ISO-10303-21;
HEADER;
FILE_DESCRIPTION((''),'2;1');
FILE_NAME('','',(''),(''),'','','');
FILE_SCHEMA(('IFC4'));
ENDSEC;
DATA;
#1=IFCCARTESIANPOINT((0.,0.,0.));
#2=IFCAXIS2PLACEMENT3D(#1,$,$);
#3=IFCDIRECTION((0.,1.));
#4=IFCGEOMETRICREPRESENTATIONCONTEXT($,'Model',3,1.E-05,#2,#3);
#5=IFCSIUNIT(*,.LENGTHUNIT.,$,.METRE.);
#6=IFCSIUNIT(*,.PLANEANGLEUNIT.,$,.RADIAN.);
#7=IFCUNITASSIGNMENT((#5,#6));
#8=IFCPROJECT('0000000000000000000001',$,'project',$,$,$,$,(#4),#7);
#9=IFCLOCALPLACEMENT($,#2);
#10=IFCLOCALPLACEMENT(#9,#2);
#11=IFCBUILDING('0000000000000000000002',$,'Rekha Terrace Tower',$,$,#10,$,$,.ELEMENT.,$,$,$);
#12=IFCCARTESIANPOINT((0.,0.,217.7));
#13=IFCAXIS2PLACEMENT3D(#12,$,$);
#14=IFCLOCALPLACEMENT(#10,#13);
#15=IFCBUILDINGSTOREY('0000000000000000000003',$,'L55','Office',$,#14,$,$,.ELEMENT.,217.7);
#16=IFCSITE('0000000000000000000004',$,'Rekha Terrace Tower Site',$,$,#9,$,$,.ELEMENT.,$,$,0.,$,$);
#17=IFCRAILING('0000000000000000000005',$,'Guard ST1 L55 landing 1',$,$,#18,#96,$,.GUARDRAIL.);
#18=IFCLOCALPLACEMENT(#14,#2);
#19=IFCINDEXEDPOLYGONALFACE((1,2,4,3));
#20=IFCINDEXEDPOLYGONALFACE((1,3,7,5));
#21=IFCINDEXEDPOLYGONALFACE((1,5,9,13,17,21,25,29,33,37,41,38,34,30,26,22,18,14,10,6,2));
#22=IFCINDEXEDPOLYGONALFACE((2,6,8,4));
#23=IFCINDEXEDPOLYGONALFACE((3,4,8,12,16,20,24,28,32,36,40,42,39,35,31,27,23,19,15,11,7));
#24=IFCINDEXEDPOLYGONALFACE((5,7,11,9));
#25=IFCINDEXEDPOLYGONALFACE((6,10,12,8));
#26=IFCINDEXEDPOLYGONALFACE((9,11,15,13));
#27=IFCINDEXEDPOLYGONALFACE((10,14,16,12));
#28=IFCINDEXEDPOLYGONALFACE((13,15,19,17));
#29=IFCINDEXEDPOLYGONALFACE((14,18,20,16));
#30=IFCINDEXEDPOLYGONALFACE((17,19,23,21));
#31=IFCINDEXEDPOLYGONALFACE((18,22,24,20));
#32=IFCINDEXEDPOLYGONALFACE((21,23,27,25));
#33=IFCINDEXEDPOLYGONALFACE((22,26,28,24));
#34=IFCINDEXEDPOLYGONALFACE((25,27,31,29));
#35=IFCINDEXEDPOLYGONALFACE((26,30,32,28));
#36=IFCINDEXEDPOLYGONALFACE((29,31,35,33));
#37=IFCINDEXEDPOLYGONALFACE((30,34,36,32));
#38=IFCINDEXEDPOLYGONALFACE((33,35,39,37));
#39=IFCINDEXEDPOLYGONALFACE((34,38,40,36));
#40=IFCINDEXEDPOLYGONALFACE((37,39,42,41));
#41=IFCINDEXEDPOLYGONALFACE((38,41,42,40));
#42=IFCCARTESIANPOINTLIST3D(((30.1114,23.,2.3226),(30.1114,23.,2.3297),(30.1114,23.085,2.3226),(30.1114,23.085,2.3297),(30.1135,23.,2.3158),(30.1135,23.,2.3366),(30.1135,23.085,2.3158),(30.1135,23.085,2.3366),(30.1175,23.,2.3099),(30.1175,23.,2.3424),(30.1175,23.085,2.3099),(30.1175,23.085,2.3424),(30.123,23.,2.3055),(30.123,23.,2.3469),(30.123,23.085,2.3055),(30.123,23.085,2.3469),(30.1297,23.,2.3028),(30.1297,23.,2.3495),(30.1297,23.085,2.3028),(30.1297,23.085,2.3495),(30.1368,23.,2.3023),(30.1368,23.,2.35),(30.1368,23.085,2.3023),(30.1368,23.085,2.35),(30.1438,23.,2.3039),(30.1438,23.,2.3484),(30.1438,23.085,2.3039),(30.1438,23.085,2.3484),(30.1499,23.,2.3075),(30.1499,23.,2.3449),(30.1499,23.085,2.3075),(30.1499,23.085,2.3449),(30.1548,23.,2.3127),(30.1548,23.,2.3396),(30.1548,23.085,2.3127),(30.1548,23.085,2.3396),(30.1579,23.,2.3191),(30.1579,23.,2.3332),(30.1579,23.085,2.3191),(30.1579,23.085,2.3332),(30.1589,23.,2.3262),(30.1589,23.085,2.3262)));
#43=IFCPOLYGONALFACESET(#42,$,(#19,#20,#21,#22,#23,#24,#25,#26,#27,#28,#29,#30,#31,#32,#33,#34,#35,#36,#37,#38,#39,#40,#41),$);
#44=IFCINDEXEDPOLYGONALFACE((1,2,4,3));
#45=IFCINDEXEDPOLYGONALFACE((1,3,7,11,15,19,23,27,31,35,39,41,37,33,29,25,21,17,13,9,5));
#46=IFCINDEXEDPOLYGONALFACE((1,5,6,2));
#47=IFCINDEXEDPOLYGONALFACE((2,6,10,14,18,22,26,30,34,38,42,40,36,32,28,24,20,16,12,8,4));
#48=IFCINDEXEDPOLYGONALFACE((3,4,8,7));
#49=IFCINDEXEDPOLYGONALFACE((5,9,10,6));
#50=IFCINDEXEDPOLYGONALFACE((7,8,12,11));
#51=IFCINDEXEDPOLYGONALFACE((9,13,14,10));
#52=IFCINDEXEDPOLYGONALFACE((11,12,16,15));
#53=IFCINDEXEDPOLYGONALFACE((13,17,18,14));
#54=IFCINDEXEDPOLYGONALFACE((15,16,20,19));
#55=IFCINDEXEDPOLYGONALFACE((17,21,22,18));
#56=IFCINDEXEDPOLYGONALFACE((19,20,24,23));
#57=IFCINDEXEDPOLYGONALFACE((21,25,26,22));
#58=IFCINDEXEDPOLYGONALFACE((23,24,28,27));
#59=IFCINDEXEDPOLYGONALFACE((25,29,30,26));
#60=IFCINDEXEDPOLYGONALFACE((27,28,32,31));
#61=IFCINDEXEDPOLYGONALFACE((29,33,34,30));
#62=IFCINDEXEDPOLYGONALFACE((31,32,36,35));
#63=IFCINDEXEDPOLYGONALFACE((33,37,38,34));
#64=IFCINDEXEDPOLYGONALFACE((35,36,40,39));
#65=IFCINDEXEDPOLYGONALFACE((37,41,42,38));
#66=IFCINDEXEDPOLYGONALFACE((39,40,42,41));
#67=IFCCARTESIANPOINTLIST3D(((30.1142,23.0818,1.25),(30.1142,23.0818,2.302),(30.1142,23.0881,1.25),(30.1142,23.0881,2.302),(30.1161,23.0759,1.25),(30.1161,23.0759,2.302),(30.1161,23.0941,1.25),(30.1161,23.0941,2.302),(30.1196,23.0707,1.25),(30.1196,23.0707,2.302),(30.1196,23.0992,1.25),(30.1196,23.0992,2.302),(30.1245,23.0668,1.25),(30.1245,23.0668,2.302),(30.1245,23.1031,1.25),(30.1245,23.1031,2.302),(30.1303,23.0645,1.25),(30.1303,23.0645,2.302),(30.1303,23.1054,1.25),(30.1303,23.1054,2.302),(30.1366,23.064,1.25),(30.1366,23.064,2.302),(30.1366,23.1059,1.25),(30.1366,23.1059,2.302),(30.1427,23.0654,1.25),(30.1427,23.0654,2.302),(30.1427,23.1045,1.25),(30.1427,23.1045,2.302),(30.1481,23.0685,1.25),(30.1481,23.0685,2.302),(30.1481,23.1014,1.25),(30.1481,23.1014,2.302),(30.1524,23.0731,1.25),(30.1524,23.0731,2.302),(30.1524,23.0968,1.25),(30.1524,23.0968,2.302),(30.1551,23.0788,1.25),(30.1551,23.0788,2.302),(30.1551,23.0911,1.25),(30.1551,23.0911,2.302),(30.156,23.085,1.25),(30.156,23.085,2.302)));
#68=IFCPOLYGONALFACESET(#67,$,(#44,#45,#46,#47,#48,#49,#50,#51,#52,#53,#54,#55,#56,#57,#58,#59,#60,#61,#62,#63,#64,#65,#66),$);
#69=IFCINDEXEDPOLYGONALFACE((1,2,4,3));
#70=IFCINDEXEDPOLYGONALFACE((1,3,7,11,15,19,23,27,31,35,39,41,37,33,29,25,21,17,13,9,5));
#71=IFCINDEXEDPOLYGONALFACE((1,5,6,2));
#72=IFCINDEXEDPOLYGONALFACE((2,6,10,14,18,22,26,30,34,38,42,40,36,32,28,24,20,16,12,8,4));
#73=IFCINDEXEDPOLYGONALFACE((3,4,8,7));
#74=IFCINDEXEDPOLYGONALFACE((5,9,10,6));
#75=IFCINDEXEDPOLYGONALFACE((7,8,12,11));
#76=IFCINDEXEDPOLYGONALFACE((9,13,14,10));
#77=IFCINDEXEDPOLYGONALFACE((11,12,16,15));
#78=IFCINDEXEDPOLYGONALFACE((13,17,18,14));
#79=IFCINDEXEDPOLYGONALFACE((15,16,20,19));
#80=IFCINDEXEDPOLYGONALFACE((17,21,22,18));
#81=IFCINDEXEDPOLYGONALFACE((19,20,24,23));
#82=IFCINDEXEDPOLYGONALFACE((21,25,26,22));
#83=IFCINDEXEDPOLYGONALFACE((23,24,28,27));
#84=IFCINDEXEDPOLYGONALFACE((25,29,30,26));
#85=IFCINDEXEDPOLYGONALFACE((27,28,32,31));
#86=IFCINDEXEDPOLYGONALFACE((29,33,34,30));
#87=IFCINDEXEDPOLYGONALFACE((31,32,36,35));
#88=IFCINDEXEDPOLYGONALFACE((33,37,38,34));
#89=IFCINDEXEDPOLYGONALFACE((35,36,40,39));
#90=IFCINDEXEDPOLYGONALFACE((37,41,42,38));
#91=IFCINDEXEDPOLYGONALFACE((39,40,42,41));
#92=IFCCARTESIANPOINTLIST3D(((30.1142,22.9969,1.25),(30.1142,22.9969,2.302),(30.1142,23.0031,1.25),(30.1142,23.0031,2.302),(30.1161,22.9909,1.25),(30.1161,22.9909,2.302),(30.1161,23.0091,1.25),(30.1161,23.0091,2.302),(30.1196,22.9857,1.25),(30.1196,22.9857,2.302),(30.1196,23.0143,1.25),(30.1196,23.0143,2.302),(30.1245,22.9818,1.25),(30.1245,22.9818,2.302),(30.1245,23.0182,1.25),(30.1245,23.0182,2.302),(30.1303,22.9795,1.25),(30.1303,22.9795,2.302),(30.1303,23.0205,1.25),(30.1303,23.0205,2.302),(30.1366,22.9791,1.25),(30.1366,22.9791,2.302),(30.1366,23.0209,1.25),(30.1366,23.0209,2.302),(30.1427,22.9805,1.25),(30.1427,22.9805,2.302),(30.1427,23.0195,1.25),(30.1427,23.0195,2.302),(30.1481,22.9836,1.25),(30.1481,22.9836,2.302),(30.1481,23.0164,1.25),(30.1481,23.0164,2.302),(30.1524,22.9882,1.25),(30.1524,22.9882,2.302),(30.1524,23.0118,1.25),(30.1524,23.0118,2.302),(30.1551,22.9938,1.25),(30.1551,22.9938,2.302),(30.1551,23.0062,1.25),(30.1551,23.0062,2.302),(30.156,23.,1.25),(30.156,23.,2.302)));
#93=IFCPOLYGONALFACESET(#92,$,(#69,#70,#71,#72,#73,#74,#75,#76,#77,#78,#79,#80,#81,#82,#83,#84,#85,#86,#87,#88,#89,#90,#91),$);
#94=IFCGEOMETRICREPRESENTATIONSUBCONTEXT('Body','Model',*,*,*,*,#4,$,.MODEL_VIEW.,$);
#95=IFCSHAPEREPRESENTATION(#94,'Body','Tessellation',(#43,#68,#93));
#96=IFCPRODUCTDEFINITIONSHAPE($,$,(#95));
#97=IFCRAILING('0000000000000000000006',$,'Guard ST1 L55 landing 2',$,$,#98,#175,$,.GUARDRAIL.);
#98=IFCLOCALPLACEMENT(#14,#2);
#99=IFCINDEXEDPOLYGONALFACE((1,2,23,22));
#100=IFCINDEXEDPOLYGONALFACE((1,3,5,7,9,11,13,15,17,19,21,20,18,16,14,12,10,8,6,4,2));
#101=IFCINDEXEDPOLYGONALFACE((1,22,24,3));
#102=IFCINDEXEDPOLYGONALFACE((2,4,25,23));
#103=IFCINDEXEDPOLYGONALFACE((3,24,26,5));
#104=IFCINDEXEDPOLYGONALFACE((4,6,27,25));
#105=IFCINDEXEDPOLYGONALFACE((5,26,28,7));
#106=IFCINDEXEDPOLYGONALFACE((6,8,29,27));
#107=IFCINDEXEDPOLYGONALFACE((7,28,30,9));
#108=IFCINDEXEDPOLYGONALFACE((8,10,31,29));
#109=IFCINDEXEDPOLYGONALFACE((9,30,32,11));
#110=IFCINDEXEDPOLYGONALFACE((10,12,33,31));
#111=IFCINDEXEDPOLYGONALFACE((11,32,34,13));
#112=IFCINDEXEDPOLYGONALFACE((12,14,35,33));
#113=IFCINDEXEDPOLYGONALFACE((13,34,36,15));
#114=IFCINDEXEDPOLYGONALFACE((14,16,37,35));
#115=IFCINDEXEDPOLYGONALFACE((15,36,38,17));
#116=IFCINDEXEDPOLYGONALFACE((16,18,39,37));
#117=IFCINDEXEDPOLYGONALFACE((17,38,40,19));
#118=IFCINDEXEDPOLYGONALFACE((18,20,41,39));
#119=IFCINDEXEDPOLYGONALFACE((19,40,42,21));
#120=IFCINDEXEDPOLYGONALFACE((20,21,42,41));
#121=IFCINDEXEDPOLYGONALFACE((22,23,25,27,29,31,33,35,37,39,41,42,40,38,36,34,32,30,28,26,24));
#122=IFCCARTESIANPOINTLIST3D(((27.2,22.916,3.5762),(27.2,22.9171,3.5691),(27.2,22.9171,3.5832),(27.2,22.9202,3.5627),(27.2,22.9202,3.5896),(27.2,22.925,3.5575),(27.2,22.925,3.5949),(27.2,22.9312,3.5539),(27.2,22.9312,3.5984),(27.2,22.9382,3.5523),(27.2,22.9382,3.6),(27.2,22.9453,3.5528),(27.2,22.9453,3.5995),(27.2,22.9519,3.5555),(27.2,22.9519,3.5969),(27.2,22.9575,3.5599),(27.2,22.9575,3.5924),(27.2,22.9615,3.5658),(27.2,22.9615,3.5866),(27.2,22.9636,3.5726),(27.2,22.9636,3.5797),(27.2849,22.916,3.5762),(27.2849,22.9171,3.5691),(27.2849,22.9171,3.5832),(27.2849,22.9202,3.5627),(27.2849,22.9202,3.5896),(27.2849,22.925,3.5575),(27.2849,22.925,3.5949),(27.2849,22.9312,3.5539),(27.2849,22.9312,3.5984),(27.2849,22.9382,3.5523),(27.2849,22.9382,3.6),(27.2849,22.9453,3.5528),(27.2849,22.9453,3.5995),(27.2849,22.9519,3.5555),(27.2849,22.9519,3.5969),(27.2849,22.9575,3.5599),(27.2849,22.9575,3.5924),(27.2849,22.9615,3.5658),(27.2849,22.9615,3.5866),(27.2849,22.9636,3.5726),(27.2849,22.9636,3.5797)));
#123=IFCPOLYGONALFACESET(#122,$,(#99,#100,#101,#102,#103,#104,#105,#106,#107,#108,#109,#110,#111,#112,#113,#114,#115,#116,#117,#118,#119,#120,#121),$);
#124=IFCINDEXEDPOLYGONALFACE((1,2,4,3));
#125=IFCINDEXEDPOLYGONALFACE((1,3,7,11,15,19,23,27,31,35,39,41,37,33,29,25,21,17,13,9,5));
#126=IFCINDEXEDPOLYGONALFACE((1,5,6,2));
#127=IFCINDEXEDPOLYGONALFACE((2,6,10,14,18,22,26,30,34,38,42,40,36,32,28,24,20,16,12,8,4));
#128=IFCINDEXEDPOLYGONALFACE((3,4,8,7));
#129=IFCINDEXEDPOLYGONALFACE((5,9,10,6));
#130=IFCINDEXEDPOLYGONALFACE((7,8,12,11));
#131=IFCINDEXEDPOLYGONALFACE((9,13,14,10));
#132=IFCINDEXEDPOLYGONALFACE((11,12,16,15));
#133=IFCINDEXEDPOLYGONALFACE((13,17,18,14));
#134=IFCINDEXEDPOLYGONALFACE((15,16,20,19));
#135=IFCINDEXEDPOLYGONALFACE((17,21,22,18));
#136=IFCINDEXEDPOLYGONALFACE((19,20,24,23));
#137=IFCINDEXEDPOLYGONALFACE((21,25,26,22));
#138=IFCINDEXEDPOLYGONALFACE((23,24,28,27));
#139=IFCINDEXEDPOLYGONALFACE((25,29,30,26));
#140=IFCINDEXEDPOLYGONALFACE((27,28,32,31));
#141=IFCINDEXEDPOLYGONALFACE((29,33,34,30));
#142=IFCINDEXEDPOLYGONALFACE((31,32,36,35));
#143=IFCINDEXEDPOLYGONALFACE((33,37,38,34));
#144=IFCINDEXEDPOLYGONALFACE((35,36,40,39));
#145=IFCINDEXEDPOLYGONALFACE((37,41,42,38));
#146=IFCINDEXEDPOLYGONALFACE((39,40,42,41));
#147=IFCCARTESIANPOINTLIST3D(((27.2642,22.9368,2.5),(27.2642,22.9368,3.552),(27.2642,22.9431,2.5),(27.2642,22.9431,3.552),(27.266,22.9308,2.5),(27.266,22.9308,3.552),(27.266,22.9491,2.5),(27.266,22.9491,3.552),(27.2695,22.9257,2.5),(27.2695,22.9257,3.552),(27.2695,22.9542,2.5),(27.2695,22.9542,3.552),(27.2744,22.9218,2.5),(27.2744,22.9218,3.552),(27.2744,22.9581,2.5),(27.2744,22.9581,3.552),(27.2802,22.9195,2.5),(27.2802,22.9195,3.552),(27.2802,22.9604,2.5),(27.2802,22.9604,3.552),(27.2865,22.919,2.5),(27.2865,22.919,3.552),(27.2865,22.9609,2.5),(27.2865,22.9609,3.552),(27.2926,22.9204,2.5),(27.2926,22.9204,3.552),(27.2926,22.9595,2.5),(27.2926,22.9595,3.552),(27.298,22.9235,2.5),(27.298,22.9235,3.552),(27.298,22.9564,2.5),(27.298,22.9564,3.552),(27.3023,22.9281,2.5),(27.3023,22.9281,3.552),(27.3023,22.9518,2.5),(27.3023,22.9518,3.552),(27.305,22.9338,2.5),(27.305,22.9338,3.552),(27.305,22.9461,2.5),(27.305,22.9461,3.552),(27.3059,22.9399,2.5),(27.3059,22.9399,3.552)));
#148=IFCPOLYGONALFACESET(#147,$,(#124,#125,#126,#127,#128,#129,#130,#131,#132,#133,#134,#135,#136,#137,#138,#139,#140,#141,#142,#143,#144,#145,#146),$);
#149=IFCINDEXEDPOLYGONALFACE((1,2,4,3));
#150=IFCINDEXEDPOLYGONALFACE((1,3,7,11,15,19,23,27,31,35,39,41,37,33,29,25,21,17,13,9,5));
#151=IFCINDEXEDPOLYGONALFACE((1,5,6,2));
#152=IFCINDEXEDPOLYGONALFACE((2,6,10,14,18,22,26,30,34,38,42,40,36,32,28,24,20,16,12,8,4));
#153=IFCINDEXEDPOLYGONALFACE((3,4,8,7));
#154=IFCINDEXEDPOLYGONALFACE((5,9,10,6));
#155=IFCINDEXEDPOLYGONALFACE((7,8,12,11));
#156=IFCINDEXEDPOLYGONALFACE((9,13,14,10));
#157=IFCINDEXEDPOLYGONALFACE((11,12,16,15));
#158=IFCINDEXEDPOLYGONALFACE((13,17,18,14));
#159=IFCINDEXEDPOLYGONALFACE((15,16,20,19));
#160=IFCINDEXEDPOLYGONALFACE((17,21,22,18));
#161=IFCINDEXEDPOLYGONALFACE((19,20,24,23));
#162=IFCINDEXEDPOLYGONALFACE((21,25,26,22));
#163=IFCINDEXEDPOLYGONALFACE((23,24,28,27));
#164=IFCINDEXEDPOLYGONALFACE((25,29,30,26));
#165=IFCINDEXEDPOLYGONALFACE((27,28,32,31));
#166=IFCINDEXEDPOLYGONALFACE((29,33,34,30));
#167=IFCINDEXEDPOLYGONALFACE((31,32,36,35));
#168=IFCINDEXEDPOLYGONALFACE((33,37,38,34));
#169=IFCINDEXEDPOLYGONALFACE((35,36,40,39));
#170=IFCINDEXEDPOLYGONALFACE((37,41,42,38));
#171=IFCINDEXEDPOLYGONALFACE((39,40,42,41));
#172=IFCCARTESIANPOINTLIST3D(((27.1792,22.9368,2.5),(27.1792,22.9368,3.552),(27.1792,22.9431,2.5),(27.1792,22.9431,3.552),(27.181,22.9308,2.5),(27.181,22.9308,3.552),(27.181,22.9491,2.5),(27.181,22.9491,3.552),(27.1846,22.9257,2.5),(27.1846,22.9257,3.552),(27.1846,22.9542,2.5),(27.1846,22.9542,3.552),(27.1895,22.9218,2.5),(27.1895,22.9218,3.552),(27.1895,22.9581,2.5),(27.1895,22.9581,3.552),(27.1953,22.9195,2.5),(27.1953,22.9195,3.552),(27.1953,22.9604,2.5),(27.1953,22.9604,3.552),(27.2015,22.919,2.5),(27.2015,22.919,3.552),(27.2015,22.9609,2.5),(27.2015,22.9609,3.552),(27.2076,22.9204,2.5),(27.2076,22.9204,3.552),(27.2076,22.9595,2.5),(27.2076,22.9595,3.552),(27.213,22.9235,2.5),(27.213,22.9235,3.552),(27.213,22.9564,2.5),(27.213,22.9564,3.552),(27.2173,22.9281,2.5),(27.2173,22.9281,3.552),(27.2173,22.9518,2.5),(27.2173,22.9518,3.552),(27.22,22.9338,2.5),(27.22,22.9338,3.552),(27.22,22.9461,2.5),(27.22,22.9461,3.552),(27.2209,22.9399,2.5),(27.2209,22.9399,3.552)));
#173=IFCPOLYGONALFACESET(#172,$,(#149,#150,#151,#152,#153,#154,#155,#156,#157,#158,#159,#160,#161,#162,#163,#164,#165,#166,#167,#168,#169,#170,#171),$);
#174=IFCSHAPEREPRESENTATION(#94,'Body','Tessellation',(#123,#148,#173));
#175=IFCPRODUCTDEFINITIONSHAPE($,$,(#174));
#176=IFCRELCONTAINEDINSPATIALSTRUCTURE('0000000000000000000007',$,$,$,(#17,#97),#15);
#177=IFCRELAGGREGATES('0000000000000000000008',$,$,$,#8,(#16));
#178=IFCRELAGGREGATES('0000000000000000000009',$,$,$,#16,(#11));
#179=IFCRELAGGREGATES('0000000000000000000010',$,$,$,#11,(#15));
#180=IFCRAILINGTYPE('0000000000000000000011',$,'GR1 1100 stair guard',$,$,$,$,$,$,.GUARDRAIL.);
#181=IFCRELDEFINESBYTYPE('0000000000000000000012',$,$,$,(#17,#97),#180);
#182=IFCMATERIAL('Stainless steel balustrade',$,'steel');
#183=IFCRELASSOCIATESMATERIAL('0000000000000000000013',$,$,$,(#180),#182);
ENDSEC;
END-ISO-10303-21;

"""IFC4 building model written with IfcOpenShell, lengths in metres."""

from ifc_helpers import new_model, si_unit, direction, frame, origin, origin_2d, place, context, subcontext, project, spatial, circle, extrude, material, type_object, element, save


model = new_model("IFC4")

# Units and contexts
model_context = context("Model", 3, precision=1e-05, world=origin(), true_north=direction((0.0, 1.0)))
body_context = subcontext(model_context, "Body", "Model", "MODEL_VIEW")
ifc_project = project(units=[si_unit("LENGTHUNIT", "METRE"), si_unit("PLANEANGLEUNIT", "RADIAN")], contexts=[model_context])

# Site, building, storey
site_placement = place(None, origin())
site = spatial("IfcSite", under=ifc_project, at=site_placement, Name="Rekha Terrace Tower Site", CompositionType="ELEMENT", RefElevation=0.0)
building_placement = place(site_placement, origin())
building = spatial("IfcBuilding", under=site, at=building_placement, Name="Rekha Terrace Tower", CompositionType="ELEMENT")
storey_placement = place(building_placement, frame((0.0, 0.0, 217.7)))
storey = spatial("IfcBuildingStorey", under=building, at=storey_placement, Name="L55", Description="Office", CompositionType="ELEMENT", Elevation=217.7)

# Railings
ifc_material_1 = material(Name="Stainless steel balustrade", Category="steel")
railing_type_1 = type_object("IfcRailingType", Name="GR1 1100 stair guard", PredefinedType="GUARDRAIL", material=ifc_material_1)
railing_1_placement = place(storey_placement, frame((30.135, 23.085, 1.25)))
element("IfcRailing", 1, at=railing_1_placement, inside=storey, type_object=railing_type_1, Name="Guard ST1 L55 landing 1", PredefinedType="GUARDRAIL", context=body_context, shape_type="SweptSolid", body=[
    extrude(circle(Radius=0.0239, at=origin_2d()), frame((0.0, 0.0, 1.0762), z_axis=(0.0, -1.0, 0.0), x_axis=(1.0, 0.0, 0.0)), (0.0, 0.0, 1.0), 0.085),
    extrude(circle(Radius=0.021, at=origin_2d()), origin(), (0.0, 0.0, 1.0), 1.052),
    extrude(circle(Radius=0.021, at=origin_2d()), frame((0.0, -0.085, 0.0)), (0.0, 0.0, 1.0), 1.052),
])
railing_2_placement = place(storey_placement, frame((27.2849, 22.9399, 2.5)))
element("IfcRailing", 2, at=railing_2_placement, inside=storey, type_object=railing_type_1, Name="Guard ST1 L55 landing 2", PredefinedType="GUARDRAIL", context=body_context, shape_type="SweptSolid", body=[
    extrude(circle(Radius=0.0239, at=origin_2d()), frame((0.0, 0.0, 1.0762), z_axis=(-1.0, 0.0, 0.0), x_axis=(0.0, -1.0, 0.0)), (0.0, 0.0, 1.0), 0.085),
    extrude(circle(Radius=0.021, at=origin_2d()), origin(), (0.0, 0.0, 1.0), 1.052),
    extrude(circle(Radius=0.021, at=origin_2d()), frame((-0.085, 0.0, 0.0)), (0.0, 0.0, 1.0), 1.052),
])

save(model, "model.ifc")
